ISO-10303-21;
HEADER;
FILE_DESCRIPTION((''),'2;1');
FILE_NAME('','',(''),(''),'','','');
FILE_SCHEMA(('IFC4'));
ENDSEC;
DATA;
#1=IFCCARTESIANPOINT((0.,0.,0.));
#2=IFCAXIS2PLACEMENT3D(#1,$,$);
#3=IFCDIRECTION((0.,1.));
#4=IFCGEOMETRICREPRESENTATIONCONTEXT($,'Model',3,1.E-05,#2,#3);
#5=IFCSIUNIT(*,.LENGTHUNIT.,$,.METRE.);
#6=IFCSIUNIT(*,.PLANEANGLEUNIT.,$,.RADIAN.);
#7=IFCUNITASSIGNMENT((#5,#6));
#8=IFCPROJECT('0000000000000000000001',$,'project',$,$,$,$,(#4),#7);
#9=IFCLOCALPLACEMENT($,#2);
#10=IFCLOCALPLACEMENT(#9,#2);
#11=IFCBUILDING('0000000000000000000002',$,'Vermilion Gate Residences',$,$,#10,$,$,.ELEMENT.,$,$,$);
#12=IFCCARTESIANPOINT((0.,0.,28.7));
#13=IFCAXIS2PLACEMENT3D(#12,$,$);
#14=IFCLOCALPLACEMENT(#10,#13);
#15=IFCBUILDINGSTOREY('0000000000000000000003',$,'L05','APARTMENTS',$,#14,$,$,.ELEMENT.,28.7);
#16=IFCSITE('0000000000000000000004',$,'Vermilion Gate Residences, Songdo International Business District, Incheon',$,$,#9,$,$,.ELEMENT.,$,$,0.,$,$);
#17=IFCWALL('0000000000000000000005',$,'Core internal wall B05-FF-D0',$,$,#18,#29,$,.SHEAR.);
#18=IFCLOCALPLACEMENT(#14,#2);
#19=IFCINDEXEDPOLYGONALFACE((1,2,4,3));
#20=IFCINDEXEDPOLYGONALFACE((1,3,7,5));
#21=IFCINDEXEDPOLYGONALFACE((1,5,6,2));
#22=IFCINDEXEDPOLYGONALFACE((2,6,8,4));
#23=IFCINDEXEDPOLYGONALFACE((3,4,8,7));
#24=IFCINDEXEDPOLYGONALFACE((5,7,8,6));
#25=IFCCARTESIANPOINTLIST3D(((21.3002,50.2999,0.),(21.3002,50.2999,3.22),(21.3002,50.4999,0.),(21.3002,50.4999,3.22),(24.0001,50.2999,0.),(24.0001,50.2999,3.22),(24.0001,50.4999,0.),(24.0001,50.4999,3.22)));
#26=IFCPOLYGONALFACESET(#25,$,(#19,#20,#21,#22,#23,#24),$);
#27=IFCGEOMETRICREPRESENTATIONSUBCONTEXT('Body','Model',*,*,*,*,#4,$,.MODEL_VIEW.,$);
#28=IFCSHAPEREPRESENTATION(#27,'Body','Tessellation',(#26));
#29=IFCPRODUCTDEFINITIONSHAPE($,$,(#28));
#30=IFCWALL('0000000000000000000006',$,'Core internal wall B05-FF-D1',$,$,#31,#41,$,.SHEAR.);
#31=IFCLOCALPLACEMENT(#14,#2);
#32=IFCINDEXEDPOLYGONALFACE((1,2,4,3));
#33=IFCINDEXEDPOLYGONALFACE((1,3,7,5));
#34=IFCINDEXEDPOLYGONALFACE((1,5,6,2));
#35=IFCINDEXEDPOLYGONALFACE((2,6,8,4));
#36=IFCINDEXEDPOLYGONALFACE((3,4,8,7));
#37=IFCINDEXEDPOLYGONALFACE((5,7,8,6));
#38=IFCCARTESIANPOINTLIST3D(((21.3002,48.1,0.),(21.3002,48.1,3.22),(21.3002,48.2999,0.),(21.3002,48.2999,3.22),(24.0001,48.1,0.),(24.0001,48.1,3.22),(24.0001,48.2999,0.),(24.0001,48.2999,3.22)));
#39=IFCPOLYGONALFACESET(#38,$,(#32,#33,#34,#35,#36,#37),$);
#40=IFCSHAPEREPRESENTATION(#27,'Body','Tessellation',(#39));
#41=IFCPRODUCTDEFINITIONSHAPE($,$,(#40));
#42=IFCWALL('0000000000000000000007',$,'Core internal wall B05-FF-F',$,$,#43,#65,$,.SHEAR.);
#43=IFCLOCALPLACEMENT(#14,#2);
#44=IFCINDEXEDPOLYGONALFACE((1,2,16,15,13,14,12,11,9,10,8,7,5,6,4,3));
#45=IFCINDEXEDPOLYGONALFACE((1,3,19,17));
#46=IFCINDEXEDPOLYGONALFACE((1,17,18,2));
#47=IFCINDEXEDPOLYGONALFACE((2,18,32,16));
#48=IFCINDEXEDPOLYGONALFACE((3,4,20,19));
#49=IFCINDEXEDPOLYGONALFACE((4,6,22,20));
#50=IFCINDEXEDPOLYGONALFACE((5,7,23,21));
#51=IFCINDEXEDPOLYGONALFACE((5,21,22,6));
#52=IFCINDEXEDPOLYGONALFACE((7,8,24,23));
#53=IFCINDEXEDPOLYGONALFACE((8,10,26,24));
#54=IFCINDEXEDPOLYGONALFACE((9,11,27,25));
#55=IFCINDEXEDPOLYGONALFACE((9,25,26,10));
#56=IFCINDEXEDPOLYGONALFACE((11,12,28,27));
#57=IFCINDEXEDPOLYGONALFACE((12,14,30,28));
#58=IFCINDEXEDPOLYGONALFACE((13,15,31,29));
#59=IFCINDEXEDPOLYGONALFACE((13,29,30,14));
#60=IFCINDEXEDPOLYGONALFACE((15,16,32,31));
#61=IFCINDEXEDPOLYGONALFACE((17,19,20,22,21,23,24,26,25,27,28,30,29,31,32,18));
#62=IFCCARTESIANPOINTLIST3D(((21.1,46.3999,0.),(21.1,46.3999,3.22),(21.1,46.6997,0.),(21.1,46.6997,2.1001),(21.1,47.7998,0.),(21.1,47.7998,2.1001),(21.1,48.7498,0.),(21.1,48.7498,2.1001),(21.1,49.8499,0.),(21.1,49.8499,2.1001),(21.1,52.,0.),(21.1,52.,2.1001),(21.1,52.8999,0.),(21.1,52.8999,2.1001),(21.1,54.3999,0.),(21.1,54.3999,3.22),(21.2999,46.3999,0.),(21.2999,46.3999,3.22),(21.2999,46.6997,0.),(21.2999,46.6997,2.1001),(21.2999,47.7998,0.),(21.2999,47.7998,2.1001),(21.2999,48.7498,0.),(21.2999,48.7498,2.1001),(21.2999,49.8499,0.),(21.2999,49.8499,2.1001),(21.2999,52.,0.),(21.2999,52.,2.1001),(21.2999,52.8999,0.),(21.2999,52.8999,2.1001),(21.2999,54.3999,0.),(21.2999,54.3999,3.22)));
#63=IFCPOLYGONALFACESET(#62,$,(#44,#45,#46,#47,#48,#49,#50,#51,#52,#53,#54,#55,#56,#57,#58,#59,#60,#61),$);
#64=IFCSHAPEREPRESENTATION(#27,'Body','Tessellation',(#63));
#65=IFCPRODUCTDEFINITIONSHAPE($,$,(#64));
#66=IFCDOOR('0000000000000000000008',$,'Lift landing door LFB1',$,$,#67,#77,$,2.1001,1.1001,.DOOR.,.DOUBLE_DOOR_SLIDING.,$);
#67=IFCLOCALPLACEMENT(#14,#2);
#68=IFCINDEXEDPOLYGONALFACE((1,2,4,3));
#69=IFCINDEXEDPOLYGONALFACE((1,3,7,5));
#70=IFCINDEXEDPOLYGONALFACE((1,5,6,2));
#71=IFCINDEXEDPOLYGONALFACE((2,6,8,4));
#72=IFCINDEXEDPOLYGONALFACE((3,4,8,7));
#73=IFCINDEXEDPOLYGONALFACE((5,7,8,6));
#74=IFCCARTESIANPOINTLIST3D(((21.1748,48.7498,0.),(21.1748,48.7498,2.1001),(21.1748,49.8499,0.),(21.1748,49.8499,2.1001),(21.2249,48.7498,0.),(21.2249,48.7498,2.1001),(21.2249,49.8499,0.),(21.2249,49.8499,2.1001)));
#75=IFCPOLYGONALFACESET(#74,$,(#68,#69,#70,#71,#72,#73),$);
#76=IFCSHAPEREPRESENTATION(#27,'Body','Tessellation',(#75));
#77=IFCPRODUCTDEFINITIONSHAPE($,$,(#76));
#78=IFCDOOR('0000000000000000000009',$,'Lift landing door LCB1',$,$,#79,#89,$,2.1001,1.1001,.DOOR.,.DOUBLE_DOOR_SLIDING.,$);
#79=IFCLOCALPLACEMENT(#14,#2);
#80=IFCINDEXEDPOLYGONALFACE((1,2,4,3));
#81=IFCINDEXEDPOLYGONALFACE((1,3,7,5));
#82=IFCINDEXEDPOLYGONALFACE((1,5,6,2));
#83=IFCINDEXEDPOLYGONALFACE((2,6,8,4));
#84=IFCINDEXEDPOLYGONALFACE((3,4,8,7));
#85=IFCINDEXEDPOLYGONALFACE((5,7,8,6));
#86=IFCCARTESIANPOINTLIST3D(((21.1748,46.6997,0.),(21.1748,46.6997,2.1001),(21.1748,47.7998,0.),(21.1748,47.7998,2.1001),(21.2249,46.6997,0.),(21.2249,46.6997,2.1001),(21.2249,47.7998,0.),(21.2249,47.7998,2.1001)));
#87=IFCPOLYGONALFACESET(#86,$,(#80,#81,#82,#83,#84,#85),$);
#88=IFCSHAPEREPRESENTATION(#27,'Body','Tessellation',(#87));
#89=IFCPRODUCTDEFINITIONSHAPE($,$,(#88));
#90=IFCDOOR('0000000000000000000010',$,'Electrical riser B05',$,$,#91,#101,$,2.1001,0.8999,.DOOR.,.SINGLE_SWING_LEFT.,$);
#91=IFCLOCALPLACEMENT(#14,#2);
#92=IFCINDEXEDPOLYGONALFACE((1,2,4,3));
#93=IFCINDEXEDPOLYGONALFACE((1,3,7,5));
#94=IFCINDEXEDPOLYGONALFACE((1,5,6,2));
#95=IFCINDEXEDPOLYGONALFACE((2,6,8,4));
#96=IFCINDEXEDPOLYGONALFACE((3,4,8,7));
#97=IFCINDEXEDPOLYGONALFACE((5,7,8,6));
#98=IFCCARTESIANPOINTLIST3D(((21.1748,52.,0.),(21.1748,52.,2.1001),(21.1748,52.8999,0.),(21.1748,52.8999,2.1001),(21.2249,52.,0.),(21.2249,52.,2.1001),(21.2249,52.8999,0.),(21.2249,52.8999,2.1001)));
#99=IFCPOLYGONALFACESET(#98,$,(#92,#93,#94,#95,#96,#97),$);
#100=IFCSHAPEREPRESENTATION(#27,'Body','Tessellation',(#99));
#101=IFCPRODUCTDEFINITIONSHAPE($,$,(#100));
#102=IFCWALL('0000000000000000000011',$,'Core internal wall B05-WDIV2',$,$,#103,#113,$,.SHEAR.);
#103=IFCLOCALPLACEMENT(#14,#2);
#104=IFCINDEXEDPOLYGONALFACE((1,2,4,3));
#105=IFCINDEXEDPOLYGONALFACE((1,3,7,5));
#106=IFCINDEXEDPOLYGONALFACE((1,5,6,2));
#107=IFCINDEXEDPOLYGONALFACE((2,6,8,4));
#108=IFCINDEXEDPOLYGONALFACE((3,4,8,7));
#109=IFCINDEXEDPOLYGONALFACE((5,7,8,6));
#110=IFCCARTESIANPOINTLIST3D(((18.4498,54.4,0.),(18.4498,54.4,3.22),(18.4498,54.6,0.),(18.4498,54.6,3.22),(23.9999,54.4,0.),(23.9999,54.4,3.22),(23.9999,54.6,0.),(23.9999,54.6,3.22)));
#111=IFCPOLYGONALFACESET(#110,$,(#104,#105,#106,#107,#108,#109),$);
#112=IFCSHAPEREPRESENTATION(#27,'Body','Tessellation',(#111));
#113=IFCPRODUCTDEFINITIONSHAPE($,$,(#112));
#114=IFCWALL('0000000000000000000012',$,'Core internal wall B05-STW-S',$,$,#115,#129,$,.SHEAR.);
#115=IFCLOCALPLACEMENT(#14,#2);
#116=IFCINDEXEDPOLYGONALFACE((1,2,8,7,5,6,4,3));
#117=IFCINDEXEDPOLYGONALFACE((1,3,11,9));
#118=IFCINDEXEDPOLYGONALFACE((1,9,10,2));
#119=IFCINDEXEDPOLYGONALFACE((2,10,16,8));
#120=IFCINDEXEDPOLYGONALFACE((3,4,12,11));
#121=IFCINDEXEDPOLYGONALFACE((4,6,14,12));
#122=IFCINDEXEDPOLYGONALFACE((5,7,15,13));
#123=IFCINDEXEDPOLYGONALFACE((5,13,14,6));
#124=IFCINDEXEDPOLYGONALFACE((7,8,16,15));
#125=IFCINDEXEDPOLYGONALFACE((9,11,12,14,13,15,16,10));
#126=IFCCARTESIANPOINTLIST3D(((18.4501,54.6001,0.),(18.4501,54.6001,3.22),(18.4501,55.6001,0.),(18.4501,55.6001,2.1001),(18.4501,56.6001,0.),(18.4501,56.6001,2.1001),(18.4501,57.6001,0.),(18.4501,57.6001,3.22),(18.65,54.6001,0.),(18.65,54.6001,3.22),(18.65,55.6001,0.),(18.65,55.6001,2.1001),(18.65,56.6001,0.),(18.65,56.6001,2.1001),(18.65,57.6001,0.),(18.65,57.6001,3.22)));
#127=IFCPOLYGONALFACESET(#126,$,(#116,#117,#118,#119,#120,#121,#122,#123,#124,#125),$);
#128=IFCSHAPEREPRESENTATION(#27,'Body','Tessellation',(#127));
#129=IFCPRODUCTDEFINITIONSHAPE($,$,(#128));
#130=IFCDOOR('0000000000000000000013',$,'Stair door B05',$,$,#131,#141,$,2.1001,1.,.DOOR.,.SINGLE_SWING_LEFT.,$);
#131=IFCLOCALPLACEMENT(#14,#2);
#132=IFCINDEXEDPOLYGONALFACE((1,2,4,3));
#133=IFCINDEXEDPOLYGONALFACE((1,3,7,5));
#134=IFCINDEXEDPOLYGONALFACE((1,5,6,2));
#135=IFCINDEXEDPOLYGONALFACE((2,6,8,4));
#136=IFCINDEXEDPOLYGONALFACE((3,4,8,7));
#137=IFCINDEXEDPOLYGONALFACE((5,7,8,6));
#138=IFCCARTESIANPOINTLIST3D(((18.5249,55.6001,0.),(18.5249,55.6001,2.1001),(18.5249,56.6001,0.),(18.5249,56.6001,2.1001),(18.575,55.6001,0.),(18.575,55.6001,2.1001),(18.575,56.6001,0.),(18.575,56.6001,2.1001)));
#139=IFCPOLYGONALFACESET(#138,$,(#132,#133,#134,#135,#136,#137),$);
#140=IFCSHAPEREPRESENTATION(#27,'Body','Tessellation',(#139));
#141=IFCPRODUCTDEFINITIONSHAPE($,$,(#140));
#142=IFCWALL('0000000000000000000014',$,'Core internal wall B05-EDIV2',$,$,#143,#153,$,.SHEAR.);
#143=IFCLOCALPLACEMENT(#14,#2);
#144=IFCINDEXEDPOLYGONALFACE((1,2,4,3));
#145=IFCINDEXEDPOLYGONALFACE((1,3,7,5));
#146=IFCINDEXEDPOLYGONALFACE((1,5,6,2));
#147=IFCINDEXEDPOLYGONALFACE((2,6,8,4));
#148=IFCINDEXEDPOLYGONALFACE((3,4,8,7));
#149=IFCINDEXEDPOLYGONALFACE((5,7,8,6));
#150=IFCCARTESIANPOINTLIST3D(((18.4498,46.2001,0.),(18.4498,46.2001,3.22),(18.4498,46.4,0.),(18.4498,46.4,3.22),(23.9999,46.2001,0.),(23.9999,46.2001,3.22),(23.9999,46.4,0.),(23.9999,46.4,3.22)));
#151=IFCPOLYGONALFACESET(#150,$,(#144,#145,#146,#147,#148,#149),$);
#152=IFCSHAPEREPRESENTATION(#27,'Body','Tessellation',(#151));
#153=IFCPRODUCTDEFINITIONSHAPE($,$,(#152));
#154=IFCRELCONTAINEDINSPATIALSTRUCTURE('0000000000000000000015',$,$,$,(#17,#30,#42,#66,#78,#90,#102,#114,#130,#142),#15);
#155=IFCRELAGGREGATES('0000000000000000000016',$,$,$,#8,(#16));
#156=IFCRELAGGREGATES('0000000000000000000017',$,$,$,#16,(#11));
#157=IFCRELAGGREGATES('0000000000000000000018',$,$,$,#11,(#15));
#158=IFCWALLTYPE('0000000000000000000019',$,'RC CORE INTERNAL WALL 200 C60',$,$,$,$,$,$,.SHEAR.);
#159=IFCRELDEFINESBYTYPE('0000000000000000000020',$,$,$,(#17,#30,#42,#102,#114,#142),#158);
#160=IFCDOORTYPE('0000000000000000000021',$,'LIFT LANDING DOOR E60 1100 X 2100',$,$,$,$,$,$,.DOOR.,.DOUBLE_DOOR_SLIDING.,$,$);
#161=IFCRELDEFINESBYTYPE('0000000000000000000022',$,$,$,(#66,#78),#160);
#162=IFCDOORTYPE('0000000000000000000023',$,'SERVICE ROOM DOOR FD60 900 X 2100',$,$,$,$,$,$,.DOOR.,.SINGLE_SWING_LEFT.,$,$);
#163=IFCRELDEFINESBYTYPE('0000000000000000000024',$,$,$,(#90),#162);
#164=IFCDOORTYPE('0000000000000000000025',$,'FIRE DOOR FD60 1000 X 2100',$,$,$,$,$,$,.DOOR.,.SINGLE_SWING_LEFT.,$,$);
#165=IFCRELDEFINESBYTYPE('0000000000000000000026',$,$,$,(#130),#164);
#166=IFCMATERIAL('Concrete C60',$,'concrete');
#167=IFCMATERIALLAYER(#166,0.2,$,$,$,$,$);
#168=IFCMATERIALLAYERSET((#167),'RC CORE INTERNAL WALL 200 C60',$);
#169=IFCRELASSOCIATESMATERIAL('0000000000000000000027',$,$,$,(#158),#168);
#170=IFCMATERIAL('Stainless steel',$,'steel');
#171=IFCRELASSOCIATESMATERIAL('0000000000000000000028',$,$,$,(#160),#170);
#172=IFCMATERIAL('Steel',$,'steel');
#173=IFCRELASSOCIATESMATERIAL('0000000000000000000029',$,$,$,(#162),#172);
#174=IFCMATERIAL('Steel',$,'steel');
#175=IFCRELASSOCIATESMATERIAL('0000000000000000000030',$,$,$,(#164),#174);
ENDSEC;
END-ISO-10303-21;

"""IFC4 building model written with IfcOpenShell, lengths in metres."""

from ifc_helpers import new_model, si_unit, direction, frame, frame_2d, origin, place, context, subcontext, project, spatial, rectangle, extrude, material, layer, layer_set, type_object, element, fill, save


model = new_model("IFC4")

# Units and contexts
model_context = context("Model", 3, precision=1e-05, world=origin(), true_north=direction((0.0, 1.0)))
body_context = subcontext(model_context, "Body", "Model", "MODEL_VIEW")
ifc_project = project(units=[si_unit("LENGTHUNIT", "METRE"), si_unit("PLANEANGLEUNIT", "RADIAN")], contexts=[model_context])

# Site, building, storey
site_placement = place(None, origin())
site = spatial("IfcSite", under=ifc_project, at=site_placement, Name="Vermilion Gate Residences, Songdo International Business District, Incheon", CompositionType="ELEMENT", RefElevation=0.0)
building_placement = place(site_placement, origin())
building = spatial("IfcBuilding", under=site, at=building_placement, Name="Vermilion Gate Residences", CompositionType="ELEMENT")
storey_placement = place(building_placement, frame((0.0, 0.0, 28.7)))
storey = spatial("IfcBuildingStorey", under=building, at=storey_placement, Name="L05", Description="APARTMENTS", CompositionType="ELEMENT", Elevation=28.7)

# Walls
ifc_material_1 = material(Name="Concrete C60", Category="concrete")
ifc_layer_1 = layer(ifc_material_1, 0.2)
ifc_layer_set_1 = layer_set([ifc_layer_1], Name="RC CORE INTERNAL WALL 200 C60")
wall_type_1 = type_object("IfcWallType", Name="RC CORE INTERNAL WALL 200 C60", PredefinedType="SHEAR", material=ifc_layer_set_1)
for number, where, z_axis, x_axis, name in (
    (1, (21.3, 50.3999, 0.0), (0.0, 0.0, 1.0), (1.0, 0.0, 0.0), "Core internal wall B05-FF-D0"),
    (2, (21.3, 48.2, 0.0), (0.0, 0.0, 1.0), (1.0, 0.0, 0.0), "Core internal wall B05-FF-D1"),
):
    element("IfcWall", number, at=place(storey_placement, frame(where, z_axis=z_axis, x_axis=x_axis)), inside=storey, type_object=wall_type_1, Name=name, PredefinedType="SHEAR", context=body_context, shape_type="SweptSolid", body=[
        extrude(rectangle(XDim=2.7, YDim=0.2, at=frame_2d((1.3501, 0.0))), origin(), (0.0, 0.0, 1.0), 3.22),
    ])

# Wall, openings, doors
wall_1_placement = place(storey_placement, frame((21.2, 54.3999, 0.0), z_axis=(0.0, 0.0, 1.0), x_axis=(0.0, -1.0, 0.0)))
wall_1 = element("IfcWall", 3, at=wall_1_placement, inside=storey, type_object=wall_type_1, Name="Core internal wall B05-FF-F", PredefinedType="SHEAR", context=body_context, shape_type="SweptSolid", body=[
    extrude(rectangle(XDim=8.0, YDim=0.2, at=frame_2d((4.0, 0.0))), origin(), (0.0, 0.0, 1.0), 3.22),
])
opening_1_placement = place(wall_1_placement, frame((1.5, 0.0, 0.0)))
opening_1 = element("IfcOpeningElement", 4, at=opening_1_placement, cuts=wall_1, PredefinedType="OPENING", context=body_context, shape_type="SweptSolid", body=[
    extrude(rectangle(XDim=0.8999, YDim=2.1001, at=frame_2d((0.45, 1.05))), frame((0.0, 0.1099, 0.0), z_axis=(0.0, -1.0, 0.0), x_axis=(1.0, 0.0, 0.0)), (0.0, 0.0, 1.0), 0.22),
])
opening_2_placement = place(wall_1_placement, frame((4.55, 0.0, 0.0)))
opening_2 = element("IfcOpeningElement", 5, at=opening_2_placement, cuts=wall_1, PredefinedType="OPENING", context=body_context, shape_type="SweptSolid", body=[
    extrude(rectangle(XDim=1.1001, YDim=2.1001, at=frame_2d((0.55, 1.05))), frame((0.0, 0.1099, 0.0), z_axis=(0.0, -1.0, 0.0), x_axis=(1.0, 0.0, 0.0)), (0.0, 0.0, 1.0), 0.22),
])
opening_3_placement = place(wall_1_placement, frame((6.6001, 0.0, 0.0)))
opening_3 = element("IfcOpeningElement", 6, at=opening_3_placement, cuts=wall_1, PredefinedType="OPENING", context=body_context, shape_type="SweptSolid", body=[
    extrude(rectangle(XDim=1.1001, YDim=2.1001, at=frame_2d((0.55, 1.05))), frame((0.0, 0.1099, 0.0), z_axis=(0.0, -1.0, 0.0), x_axis=(1.0, 0.0, 0.0)), (0.0, 0.0, 1.0), 0.22),
])
ifc_material_2 = material(Name="Stainless steel", Category="steel")
door_type_1 = type_object("IfcDoorType", Name="LIFT LANDING DOOR E60 1100 X 2100", OperationType="DOUBLE_DOOR_SLIDING", PredefinedType="DOOR", material=ifc_material_2)
door_1_placement = place(opening_2_placement, origin())
door_1 = element("IfcDoor", 7, at=door_1_placement, inside=storey, type_object=door_type_1, Name="Lift landing door LFB1", OperationType="DOUBLE_DOOR_SLIDING", OverallHeight=2.1001, OverallWidth=1.1001, PredefinedType="DOOR", context=body_context, shape_type="SweptSolid", body=[
    extrude(rectangle(XDim=1.1001, YDim=2.1001, at=frame_2d((0.55, 1.05))), frame((0.0, 0.0249, 0.0), z_axis=(0.0, -1.0, 0.0), x_axis=(1.0, 0.0, 0.0)), (0.0, 0.0, 1.0), 0.05),
])
fill(opening_2, door_1)
door_2_placement = place(opening_3_placement, origin())
door_2 = element("IfcDoor", 8, at=door_2_placement, inside=storey, type_object=door_type_1, Name="Lift landing door LCB1", OperationType="DOUBLE_DOOR_SLIDING", OverallHeight=2.1001, OverallWidth=1.1001, PredefinedType="DOOR", context=body_context, shape_type="SweptSolid", body=[
    extrude(rectangle(XDim=1.1001, YDim=2.1001, at=frame_2d((0.55, 1.05))), frame((0.0, 0.0249, 0.0), z_axis=(0.0, -1.0, 0.0), x_axis=(1.0, 0.0, 0.0)), (0.0, 0.0, 1.0), 0.05),
])
fill(opening_3, door_2)
ifc_material_3 = material(Name="Steel", Category="steel")
door_type_2 = type_object("IfcDoorType", Name="SERVICE ROOM DOOR FD60 900 X 2100", OperationType="SINGLE_SWING_LEFT", PredefinedType="DOOR", material=ifc_material_3)
door_3_placement = place(opening_1_placement, origin())
door_3 = element("IfcDoor", 9, at=door_3_placement, inside=storey, type_object=door_type_2, Name="Electrical riser B05", OperationType="SINGLE_SWING_LEFT", OverallHeight=2.1001, OverallWidth=0.8999, PredefinedType="DOOR", context=body_context, shape_type="SweptSolid", body=[
    extrude(rectangle(XDim=0.8999, YDim=2.1001, at=frame_2d((0.45, 1.05))), frame((0.0, 0.0249, 0.0), z_axis=(0.0, -1.0, 0.0), x_axis=(1.0, 0.0, 0.0)), (0.0, 0.0, 1.0), 0.05),
])
fill(opening_1, door_3)

# Wall
wall_2_placement = place(storey_placement, frame((18.45, 54.5, 0.0), z_axis=(0.0, 0.0, 1.0), x_axis=(1.0, 0.0, 0.0)))
element("IfcWall", 10, at=wall_2_placement, inside=storey, type_object=wall_type_1, Name="Core internal wall B05-WDIV2", PredefinedType="SHEAR", context=body_context, shape_type="SweptSolid", body=[
    extrude(rectangle(XDim=5.55, YDim=0.2, at=frame_2d((2.7749, 0.0))), origin(), (0.0, 0.0, 1.0), 3.22),
])

# Wall, opening, door
wall_3_placement = place(storey_placement, frame((18.55, 57.6001, 0.0), z_axis=(0.0, 0.0, 1.0), x_axis=(0.0, -1.0, 0.0)))
wall_3 = element("IfcWall", 11, at=wall_3_placement, inside=storey, type_object=wall_type_1, Name="Core internal wall B05-STW-S", PredefinedType="SHEAR", context=body_context, shape_type="SweptSolid", body=[
    extrude(rectangle(XDim=3.0, YDim=0.2, at=frame_2d((1.5, 0.0))), origin(), (0.0, 0.0, 1.0), 3.22),
])
opening_4_placement = place(wall_3_placement, frame((1.0, 0.0, 0.0)))
opening_4 = element("IfcOpeningElement", 12, at=opening_4_placement, cuts=wall_3, PredefinedType="OPENING", context=body_context, shape_type="SweptSolid", body=[
    extrude(rectangle(XDim=1.0, YDim=2.1001, at=frame_2d((0.5, 1.05))), frame((0.0, 0.1099, 0.0), z_axis=(0.0, -1.0, 0.0), x_axis=(1.0, 0.0, 0.0)), (0.0, 0.0, 1.0), 0.22),
])
ifc_material_4 = material(Name="Steel", Category="steel")
door_type_3 = type_object("IfcDoorType", Name="FIRE DOOR FD60 1000 X 2100", OperationType="SINGLE_SWING_LEFT", PredefinedType="DOOR", material=ifc_material_4)
door_4_placement = place(opening_4_placement, origin())
door_4 = element("IfcDoor", 13, at=door_4_placement, inside=storey, type_object=door_type_3, Name="Stair door B05", OperationType="SINGLE_SWING_LEFT", OverallHeight=2.1001, OverallWidth=1.0, PredefinedType="DOOR", context=body_context, shape_type="SweptSolid", body=[
    extrude(rectangle(XDim=1.0, YDim=2.1001, at=frame_2d((0.5, 1.05))), frame((0.0, 0.0249, 0.0), z_axis=(0.0, -1.0, 0.0), x_axis=(1.0, 0.0, 0.0)), (0.0, 0.0, 1.0), 0.05),
])
fill(opening_4, door_4)

# Wall
wall_4_placement = place(storey_placement, frame((18.45, 46.3, 0.0), z_axis=(0.0, 0.0, 1.0), x_axis=(1.0, 0.0, 0.0)))
element("IfcWall", 14, at=wall_4_placement, inside=storey, type_object=wall_type_1, Name="Core internal wall B05-EDIV2", PredefinedType="SHEAR", context=body_context, shape_type="SweptSolid", body=[
    extrude(rectangle(XDim=5.55, YDim=0.2, at=frame_2d((2.7749, 0.0))), origin(), (0.0, 0.0, 1.0), 3.22),
])

save(model, "model.ifc")
